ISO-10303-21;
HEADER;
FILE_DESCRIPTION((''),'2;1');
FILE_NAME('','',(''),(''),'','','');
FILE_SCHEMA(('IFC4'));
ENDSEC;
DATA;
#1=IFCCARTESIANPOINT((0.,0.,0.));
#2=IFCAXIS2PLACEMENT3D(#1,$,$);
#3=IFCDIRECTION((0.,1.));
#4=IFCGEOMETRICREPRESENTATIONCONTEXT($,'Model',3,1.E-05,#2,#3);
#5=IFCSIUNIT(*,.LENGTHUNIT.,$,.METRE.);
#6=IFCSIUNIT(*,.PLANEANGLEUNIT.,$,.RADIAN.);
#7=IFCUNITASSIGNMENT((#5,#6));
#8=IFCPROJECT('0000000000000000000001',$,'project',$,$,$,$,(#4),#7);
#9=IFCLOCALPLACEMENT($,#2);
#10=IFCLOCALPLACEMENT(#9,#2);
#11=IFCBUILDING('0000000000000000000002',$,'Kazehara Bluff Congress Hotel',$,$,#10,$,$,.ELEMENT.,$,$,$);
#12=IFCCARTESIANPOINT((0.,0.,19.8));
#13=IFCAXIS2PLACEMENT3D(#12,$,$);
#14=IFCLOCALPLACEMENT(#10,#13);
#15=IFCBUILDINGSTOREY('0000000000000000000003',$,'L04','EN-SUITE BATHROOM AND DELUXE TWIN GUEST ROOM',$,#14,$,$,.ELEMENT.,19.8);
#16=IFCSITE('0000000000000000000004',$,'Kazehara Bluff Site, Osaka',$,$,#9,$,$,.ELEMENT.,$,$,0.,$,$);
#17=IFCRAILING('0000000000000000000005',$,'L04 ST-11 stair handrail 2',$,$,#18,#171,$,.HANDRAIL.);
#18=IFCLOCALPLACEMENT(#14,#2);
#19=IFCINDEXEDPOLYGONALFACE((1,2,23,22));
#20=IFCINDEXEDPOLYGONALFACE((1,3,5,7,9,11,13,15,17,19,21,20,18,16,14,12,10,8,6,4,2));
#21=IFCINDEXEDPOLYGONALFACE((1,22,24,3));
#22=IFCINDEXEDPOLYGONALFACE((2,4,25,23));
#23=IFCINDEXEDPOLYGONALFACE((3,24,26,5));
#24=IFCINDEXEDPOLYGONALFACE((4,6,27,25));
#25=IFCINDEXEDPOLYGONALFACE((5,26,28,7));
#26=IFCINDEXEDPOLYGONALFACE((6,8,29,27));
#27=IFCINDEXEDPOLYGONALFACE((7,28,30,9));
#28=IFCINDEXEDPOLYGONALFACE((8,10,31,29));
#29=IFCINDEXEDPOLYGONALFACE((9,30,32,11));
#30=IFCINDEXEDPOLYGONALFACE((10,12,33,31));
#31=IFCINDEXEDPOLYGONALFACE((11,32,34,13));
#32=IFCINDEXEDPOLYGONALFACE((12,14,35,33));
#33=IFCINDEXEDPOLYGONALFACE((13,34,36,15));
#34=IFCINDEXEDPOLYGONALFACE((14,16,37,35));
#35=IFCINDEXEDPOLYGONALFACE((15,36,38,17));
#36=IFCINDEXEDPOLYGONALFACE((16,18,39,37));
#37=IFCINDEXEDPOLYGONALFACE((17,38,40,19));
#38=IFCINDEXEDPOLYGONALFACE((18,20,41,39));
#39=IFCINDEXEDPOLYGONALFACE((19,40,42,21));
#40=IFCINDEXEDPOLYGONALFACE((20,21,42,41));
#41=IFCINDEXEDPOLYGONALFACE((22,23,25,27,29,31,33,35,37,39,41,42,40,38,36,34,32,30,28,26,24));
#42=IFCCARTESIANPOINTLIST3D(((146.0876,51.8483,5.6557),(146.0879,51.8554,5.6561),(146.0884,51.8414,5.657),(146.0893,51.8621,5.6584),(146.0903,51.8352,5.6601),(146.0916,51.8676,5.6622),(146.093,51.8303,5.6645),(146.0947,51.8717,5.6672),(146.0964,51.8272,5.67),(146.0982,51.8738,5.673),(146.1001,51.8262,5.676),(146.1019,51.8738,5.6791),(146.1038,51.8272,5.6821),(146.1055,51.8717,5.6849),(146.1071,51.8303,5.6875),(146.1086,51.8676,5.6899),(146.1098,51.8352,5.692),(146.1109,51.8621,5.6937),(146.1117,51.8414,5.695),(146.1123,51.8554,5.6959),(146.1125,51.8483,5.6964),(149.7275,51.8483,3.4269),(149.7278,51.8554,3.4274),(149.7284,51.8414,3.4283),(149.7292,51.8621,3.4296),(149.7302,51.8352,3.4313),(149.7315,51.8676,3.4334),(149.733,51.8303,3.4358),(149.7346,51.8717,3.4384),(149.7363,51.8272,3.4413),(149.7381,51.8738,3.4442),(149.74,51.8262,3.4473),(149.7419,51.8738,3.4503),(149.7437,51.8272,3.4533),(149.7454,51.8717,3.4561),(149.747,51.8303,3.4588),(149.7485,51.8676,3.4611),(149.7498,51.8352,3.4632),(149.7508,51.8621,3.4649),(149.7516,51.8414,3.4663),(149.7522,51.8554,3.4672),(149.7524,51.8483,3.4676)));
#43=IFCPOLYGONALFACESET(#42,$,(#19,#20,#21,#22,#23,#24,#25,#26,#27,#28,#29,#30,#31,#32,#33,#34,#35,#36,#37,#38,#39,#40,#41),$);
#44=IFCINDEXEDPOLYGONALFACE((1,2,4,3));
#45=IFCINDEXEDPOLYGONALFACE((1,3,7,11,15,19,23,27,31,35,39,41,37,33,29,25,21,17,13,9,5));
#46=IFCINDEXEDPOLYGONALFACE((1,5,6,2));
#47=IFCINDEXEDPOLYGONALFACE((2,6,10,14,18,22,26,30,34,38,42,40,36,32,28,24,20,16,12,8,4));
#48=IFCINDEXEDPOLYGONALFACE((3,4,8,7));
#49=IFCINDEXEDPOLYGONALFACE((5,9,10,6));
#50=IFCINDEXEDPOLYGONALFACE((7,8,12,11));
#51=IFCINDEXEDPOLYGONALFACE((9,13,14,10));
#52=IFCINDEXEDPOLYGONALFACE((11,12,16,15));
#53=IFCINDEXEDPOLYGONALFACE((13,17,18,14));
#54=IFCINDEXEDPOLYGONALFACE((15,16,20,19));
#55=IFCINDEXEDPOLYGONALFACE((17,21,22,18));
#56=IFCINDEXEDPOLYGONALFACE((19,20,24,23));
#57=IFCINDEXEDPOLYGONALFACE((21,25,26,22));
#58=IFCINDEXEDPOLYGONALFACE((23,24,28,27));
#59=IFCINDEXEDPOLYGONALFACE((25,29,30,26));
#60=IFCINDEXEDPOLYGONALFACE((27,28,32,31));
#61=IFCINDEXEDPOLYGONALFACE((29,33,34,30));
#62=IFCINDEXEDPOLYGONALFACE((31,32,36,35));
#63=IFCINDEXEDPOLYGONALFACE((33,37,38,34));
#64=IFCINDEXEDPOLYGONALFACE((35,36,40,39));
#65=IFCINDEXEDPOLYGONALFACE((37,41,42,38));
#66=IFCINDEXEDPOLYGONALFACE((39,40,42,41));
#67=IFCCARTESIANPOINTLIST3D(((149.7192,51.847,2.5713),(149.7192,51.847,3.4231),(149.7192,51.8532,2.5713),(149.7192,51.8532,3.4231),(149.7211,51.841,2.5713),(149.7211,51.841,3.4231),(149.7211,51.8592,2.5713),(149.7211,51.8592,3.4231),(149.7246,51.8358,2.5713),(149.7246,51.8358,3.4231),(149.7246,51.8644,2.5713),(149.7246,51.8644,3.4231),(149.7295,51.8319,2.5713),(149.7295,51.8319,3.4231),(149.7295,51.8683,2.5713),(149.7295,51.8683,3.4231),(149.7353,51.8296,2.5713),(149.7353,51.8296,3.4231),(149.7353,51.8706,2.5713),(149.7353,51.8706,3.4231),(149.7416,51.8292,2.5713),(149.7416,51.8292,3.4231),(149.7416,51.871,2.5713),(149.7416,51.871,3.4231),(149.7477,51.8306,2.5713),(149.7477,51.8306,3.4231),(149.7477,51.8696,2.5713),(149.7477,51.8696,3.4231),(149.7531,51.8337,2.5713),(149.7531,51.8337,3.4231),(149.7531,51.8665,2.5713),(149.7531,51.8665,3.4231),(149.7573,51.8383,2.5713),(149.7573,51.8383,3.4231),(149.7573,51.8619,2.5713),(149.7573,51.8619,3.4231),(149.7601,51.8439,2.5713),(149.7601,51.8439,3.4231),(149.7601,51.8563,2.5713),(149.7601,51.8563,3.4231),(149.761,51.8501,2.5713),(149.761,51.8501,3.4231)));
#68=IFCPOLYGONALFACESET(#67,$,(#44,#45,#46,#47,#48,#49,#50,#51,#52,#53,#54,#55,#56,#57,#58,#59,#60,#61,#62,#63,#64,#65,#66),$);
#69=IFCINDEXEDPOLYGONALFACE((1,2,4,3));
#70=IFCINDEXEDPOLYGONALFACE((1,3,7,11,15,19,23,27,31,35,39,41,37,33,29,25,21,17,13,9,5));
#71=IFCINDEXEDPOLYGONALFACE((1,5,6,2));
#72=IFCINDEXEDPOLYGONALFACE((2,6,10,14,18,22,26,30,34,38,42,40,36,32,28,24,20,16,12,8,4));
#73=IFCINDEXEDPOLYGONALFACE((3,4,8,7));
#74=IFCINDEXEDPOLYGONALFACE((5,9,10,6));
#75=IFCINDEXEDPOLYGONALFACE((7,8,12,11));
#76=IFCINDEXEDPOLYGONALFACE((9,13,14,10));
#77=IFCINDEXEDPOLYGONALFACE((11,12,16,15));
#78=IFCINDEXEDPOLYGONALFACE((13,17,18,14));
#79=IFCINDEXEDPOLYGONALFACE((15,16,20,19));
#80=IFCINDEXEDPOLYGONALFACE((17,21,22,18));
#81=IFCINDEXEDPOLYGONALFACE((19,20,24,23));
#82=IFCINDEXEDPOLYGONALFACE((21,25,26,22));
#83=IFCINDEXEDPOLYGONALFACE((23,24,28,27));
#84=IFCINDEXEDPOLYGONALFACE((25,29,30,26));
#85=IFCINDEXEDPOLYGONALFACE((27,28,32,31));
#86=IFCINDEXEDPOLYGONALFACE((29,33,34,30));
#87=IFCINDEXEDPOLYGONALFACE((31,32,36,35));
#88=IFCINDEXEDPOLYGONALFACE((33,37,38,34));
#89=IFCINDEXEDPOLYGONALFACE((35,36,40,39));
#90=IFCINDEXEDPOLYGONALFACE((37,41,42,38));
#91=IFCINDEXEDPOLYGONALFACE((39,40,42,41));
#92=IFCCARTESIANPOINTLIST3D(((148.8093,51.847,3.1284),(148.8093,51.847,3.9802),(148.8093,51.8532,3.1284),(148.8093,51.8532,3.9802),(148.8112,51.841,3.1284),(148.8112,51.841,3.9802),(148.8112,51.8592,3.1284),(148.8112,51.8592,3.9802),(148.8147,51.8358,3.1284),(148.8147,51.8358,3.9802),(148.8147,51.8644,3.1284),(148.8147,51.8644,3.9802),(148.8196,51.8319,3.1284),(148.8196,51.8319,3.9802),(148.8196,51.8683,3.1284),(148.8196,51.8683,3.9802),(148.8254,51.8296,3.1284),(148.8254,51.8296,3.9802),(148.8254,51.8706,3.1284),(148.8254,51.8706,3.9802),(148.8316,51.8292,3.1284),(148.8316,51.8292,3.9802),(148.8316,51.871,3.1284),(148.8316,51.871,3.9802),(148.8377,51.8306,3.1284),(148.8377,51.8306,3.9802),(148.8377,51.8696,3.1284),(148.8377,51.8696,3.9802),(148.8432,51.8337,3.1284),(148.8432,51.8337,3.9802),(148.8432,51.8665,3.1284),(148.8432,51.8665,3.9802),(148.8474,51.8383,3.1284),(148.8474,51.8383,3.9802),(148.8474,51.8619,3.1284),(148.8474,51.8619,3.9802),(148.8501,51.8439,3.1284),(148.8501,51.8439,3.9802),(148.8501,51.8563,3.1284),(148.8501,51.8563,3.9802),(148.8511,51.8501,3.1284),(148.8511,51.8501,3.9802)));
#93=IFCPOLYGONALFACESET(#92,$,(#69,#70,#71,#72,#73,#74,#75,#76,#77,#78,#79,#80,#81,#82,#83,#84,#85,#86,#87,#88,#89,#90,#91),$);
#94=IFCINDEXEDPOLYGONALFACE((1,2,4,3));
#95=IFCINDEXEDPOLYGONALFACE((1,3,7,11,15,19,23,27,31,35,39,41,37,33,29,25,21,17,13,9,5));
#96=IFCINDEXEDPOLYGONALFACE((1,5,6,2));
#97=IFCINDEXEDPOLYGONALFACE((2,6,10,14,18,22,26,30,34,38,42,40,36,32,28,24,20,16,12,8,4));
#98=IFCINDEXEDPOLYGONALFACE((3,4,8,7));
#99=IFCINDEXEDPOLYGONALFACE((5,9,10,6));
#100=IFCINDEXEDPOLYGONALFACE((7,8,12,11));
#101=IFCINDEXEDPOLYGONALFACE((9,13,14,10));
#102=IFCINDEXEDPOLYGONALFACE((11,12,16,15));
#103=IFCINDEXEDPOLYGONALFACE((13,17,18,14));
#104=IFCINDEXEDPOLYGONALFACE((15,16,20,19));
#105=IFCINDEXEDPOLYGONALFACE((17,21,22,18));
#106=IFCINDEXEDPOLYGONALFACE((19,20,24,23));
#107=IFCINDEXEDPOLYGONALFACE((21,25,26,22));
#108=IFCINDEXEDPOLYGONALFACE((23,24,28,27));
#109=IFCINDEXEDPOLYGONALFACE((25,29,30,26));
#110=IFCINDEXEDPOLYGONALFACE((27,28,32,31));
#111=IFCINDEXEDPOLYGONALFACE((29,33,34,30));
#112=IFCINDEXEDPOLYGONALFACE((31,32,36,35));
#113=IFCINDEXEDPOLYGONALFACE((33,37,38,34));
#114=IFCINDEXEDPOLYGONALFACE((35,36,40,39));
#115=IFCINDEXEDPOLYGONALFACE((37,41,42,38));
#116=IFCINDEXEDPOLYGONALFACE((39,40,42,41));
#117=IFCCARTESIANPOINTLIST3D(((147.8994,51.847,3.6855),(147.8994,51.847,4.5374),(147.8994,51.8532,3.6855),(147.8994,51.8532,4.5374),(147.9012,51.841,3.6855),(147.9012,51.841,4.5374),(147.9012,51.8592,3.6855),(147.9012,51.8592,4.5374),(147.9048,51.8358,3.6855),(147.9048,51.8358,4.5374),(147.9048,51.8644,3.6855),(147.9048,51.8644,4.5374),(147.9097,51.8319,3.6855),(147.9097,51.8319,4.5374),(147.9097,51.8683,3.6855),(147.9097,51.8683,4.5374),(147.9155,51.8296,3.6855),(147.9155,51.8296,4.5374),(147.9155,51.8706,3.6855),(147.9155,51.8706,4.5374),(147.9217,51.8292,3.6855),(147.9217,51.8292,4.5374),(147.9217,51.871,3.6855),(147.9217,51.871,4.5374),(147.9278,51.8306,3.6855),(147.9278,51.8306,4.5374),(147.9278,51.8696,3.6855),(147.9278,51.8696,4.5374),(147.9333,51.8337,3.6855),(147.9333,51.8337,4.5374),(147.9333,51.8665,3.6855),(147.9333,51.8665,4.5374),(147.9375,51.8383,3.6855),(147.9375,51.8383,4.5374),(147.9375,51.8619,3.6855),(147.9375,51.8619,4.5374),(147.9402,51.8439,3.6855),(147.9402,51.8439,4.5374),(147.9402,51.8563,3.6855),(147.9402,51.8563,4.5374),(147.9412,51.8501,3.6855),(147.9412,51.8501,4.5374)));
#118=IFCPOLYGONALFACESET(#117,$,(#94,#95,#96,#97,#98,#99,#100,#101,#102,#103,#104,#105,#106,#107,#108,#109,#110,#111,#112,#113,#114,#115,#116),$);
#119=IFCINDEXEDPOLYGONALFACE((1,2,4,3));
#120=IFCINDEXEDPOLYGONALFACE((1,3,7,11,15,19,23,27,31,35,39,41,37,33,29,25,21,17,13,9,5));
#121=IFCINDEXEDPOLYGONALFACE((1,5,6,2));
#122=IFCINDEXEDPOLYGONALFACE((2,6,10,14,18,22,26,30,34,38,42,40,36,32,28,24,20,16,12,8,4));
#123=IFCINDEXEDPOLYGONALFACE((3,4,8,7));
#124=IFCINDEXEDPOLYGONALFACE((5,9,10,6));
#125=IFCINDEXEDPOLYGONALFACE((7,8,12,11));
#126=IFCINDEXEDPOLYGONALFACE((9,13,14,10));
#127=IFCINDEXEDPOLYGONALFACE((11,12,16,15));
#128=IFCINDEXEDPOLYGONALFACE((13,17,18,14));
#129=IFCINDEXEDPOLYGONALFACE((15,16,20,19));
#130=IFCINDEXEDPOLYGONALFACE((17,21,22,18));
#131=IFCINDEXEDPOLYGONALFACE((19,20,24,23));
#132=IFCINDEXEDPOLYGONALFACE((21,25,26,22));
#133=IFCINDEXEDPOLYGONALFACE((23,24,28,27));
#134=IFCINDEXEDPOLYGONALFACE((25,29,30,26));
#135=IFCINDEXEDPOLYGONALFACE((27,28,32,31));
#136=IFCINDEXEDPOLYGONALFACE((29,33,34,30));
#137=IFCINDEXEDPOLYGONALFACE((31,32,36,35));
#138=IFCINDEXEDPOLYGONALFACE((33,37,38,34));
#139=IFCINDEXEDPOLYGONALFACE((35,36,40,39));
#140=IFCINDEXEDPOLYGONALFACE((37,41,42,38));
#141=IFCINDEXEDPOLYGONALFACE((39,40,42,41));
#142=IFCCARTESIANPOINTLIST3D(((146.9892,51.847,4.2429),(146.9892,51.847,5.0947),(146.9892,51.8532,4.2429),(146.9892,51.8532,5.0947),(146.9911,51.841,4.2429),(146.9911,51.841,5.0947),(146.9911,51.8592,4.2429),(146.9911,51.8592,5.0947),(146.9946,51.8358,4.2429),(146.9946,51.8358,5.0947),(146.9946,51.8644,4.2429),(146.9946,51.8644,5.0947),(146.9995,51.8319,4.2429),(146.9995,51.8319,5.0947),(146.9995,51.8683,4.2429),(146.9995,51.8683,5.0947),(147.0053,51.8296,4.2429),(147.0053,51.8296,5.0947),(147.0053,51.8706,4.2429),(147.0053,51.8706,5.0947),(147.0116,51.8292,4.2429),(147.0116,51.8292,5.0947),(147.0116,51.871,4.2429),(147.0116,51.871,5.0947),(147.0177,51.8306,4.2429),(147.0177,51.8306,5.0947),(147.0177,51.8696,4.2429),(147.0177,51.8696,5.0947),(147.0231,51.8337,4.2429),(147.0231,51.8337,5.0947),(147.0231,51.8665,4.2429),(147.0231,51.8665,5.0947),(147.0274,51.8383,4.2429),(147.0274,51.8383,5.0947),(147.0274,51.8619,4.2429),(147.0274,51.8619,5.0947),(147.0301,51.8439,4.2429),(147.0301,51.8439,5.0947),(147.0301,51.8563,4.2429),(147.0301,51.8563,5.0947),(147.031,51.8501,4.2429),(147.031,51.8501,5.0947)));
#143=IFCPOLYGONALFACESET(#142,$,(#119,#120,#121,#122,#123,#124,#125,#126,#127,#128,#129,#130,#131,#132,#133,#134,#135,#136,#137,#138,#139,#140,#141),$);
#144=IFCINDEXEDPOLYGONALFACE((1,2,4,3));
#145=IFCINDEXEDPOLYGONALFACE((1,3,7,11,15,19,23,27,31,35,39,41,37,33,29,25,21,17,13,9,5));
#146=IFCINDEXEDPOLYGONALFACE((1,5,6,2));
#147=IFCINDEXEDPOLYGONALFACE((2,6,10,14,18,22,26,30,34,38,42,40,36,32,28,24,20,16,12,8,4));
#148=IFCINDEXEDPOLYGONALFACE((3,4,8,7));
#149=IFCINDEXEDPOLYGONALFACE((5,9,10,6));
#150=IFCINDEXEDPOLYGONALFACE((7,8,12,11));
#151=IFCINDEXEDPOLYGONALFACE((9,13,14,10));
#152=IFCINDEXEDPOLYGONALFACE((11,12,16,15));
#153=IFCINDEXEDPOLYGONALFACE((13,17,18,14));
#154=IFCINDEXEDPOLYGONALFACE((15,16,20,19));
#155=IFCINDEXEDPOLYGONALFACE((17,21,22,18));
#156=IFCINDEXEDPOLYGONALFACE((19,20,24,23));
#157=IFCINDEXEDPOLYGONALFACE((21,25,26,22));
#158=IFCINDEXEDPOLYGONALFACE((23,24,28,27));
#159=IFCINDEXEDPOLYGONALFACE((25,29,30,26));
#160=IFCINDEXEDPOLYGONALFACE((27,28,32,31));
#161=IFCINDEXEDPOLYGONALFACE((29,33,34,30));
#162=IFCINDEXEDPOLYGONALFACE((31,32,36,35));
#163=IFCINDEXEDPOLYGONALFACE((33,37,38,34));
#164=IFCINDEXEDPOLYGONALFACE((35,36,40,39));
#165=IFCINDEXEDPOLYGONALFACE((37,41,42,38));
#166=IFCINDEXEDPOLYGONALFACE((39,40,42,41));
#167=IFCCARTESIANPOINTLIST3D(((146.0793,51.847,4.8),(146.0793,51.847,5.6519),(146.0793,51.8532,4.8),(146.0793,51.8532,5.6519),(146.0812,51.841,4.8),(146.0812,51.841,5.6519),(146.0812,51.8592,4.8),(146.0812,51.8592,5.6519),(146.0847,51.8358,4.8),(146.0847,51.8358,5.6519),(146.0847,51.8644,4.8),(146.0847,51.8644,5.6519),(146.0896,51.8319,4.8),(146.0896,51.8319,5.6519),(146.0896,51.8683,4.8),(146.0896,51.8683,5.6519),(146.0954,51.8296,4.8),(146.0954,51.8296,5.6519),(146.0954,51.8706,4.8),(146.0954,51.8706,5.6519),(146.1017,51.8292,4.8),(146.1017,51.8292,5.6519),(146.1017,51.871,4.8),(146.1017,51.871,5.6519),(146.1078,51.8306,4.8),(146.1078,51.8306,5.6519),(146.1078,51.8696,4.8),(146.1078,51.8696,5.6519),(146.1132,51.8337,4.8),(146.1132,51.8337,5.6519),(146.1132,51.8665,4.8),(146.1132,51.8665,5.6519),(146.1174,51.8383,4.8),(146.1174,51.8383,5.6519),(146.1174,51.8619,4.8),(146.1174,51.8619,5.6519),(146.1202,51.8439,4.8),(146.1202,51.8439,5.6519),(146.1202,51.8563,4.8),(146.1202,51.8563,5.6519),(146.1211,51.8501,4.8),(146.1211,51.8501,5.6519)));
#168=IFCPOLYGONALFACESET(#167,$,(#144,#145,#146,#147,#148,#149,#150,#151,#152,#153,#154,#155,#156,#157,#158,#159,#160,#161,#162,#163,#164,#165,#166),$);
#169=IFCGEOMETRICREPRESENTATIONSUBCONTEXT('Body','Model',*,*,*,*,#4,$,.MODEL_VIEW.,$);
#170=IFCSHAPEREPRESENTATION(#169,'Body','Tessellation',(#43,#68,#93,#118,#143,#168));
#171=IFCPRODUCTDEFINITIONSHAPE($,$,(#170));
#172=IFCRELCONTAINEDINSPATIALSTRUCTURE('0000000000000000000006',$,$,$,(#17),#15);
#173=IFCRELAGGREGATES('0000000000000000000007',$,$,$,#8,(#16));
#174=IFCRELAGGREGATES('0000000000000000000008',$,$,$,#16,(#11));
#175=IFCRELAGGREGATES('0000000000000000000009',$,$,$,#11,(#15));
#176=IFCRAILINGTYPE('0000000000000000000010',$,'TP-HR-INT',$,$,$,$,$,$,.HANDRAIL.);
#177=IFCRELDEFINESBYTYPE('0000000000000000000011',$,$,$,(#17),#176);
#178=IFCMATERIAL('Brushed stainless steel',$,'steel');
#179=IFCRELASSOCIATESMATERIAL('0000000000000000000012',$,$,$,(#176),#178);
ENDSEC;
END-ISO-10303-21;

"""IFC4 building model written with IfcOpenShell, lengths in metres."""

from ifc_helpers import new_model, si_unit, direction, frame, origin, origin_2d, place, context, subcontext, project, spatial, circle, extrude, material, type_object, element, save


model = new_model("IFC4")

# Units and contexts
model_context = context("Model", 3, precision=1e-05, world=origin(), true_north=direction((0.0, 1.0)))
body_context = subcontext(model_context, "Body", "Model", "MODEL_VIEW")
ifc_project = project(units=[si_unit("LENGTHUNIT", "METRE"), si_unit("PLANEANGLEUNIT", "RADIAN")], contexts=[model_context])

# Site, building, storey
site_placement = place(None, origin())
site = spatial("IfcSite", under=ifc_project, at=site_placement, Name="Kazehara Bluff Site, Osaka", CompositionType="ELEMENT", RefElevation=0.0)
building_placement = place(site_placement, origin())
building = spatial("IfcBuilding", under=site, at=building_placement, Name="Kazehara Bluff Congress Hotel", CompositionType="ELEMENT")
storey_placement = place(building_placement, frame((0.0, 0.0, 19.8)))
storey = spatial("IfcBuildingStorey", under=building, at=storey_placement, Name="L04", Description="EN-SUITE BATHROOM AND DELUXE TWIN GUEST ROOM", CompositionType="ELEMENT", Elevation=19.8)

# Railing
ifc_material_1 = material(Name="Brushed stainless steel", Category="steel")
railing_type_1 = type_object("IfcRailingType", Name="TP-HR-INT", PredefinedType="HANDRAIL", material=ifc_material_1)
railing_1_placement = place(storey_placement, frame((149.74, 51.8501, 2.5713)))
element("IfcRailing", 1, at=railing_1_placement, inside=storey, type_object=railing_type_1, Name="L04 ST-11 stair handrail 2", PredefinedType="HANDRAIL", context=body_context, shape_type="SweptSolid", body=[
    extrude(circle(Radius=0.0239, at=origin_2d()), frame((0.0, 0.0, 0.876), z_axis=(-0.852825, 0.0, 0.522197), x_axis=(0.0, -1.0, 0.0)), (0.0, 0.0, 1.0), 4.2681),
    extrude(circle(Radius=0.021, at=origin_2d()), origin(), (0.0, 0.0, 1.0), 0.8518),
    extrude(circle(Radius=0.021, at=origin_2d()), frame((-0.9099, 0.0, 0.5571)), (0.0, 0.0, 1.0), 0.8518),
    extrude(circle(Radius=0.021, at=origin_2d()), frame((-1.8198, 0.0, 1.1143)), (0.0, 0.0, 1.0), 0.8518),
    extrude(circle(Radius=0.021, at=origin_2d()), frame((-2.73, 0.0, 1.6716)), (0.0, 0.0, 1.0), 0.8518),
    extrude(circle(Radius=0.021, at=origin_2d()), frame((-3.6399, 0.0, 2.2288)), (0.0, 0.0, 1.0), 0.8518),
])

save(model, "model.ifc")
